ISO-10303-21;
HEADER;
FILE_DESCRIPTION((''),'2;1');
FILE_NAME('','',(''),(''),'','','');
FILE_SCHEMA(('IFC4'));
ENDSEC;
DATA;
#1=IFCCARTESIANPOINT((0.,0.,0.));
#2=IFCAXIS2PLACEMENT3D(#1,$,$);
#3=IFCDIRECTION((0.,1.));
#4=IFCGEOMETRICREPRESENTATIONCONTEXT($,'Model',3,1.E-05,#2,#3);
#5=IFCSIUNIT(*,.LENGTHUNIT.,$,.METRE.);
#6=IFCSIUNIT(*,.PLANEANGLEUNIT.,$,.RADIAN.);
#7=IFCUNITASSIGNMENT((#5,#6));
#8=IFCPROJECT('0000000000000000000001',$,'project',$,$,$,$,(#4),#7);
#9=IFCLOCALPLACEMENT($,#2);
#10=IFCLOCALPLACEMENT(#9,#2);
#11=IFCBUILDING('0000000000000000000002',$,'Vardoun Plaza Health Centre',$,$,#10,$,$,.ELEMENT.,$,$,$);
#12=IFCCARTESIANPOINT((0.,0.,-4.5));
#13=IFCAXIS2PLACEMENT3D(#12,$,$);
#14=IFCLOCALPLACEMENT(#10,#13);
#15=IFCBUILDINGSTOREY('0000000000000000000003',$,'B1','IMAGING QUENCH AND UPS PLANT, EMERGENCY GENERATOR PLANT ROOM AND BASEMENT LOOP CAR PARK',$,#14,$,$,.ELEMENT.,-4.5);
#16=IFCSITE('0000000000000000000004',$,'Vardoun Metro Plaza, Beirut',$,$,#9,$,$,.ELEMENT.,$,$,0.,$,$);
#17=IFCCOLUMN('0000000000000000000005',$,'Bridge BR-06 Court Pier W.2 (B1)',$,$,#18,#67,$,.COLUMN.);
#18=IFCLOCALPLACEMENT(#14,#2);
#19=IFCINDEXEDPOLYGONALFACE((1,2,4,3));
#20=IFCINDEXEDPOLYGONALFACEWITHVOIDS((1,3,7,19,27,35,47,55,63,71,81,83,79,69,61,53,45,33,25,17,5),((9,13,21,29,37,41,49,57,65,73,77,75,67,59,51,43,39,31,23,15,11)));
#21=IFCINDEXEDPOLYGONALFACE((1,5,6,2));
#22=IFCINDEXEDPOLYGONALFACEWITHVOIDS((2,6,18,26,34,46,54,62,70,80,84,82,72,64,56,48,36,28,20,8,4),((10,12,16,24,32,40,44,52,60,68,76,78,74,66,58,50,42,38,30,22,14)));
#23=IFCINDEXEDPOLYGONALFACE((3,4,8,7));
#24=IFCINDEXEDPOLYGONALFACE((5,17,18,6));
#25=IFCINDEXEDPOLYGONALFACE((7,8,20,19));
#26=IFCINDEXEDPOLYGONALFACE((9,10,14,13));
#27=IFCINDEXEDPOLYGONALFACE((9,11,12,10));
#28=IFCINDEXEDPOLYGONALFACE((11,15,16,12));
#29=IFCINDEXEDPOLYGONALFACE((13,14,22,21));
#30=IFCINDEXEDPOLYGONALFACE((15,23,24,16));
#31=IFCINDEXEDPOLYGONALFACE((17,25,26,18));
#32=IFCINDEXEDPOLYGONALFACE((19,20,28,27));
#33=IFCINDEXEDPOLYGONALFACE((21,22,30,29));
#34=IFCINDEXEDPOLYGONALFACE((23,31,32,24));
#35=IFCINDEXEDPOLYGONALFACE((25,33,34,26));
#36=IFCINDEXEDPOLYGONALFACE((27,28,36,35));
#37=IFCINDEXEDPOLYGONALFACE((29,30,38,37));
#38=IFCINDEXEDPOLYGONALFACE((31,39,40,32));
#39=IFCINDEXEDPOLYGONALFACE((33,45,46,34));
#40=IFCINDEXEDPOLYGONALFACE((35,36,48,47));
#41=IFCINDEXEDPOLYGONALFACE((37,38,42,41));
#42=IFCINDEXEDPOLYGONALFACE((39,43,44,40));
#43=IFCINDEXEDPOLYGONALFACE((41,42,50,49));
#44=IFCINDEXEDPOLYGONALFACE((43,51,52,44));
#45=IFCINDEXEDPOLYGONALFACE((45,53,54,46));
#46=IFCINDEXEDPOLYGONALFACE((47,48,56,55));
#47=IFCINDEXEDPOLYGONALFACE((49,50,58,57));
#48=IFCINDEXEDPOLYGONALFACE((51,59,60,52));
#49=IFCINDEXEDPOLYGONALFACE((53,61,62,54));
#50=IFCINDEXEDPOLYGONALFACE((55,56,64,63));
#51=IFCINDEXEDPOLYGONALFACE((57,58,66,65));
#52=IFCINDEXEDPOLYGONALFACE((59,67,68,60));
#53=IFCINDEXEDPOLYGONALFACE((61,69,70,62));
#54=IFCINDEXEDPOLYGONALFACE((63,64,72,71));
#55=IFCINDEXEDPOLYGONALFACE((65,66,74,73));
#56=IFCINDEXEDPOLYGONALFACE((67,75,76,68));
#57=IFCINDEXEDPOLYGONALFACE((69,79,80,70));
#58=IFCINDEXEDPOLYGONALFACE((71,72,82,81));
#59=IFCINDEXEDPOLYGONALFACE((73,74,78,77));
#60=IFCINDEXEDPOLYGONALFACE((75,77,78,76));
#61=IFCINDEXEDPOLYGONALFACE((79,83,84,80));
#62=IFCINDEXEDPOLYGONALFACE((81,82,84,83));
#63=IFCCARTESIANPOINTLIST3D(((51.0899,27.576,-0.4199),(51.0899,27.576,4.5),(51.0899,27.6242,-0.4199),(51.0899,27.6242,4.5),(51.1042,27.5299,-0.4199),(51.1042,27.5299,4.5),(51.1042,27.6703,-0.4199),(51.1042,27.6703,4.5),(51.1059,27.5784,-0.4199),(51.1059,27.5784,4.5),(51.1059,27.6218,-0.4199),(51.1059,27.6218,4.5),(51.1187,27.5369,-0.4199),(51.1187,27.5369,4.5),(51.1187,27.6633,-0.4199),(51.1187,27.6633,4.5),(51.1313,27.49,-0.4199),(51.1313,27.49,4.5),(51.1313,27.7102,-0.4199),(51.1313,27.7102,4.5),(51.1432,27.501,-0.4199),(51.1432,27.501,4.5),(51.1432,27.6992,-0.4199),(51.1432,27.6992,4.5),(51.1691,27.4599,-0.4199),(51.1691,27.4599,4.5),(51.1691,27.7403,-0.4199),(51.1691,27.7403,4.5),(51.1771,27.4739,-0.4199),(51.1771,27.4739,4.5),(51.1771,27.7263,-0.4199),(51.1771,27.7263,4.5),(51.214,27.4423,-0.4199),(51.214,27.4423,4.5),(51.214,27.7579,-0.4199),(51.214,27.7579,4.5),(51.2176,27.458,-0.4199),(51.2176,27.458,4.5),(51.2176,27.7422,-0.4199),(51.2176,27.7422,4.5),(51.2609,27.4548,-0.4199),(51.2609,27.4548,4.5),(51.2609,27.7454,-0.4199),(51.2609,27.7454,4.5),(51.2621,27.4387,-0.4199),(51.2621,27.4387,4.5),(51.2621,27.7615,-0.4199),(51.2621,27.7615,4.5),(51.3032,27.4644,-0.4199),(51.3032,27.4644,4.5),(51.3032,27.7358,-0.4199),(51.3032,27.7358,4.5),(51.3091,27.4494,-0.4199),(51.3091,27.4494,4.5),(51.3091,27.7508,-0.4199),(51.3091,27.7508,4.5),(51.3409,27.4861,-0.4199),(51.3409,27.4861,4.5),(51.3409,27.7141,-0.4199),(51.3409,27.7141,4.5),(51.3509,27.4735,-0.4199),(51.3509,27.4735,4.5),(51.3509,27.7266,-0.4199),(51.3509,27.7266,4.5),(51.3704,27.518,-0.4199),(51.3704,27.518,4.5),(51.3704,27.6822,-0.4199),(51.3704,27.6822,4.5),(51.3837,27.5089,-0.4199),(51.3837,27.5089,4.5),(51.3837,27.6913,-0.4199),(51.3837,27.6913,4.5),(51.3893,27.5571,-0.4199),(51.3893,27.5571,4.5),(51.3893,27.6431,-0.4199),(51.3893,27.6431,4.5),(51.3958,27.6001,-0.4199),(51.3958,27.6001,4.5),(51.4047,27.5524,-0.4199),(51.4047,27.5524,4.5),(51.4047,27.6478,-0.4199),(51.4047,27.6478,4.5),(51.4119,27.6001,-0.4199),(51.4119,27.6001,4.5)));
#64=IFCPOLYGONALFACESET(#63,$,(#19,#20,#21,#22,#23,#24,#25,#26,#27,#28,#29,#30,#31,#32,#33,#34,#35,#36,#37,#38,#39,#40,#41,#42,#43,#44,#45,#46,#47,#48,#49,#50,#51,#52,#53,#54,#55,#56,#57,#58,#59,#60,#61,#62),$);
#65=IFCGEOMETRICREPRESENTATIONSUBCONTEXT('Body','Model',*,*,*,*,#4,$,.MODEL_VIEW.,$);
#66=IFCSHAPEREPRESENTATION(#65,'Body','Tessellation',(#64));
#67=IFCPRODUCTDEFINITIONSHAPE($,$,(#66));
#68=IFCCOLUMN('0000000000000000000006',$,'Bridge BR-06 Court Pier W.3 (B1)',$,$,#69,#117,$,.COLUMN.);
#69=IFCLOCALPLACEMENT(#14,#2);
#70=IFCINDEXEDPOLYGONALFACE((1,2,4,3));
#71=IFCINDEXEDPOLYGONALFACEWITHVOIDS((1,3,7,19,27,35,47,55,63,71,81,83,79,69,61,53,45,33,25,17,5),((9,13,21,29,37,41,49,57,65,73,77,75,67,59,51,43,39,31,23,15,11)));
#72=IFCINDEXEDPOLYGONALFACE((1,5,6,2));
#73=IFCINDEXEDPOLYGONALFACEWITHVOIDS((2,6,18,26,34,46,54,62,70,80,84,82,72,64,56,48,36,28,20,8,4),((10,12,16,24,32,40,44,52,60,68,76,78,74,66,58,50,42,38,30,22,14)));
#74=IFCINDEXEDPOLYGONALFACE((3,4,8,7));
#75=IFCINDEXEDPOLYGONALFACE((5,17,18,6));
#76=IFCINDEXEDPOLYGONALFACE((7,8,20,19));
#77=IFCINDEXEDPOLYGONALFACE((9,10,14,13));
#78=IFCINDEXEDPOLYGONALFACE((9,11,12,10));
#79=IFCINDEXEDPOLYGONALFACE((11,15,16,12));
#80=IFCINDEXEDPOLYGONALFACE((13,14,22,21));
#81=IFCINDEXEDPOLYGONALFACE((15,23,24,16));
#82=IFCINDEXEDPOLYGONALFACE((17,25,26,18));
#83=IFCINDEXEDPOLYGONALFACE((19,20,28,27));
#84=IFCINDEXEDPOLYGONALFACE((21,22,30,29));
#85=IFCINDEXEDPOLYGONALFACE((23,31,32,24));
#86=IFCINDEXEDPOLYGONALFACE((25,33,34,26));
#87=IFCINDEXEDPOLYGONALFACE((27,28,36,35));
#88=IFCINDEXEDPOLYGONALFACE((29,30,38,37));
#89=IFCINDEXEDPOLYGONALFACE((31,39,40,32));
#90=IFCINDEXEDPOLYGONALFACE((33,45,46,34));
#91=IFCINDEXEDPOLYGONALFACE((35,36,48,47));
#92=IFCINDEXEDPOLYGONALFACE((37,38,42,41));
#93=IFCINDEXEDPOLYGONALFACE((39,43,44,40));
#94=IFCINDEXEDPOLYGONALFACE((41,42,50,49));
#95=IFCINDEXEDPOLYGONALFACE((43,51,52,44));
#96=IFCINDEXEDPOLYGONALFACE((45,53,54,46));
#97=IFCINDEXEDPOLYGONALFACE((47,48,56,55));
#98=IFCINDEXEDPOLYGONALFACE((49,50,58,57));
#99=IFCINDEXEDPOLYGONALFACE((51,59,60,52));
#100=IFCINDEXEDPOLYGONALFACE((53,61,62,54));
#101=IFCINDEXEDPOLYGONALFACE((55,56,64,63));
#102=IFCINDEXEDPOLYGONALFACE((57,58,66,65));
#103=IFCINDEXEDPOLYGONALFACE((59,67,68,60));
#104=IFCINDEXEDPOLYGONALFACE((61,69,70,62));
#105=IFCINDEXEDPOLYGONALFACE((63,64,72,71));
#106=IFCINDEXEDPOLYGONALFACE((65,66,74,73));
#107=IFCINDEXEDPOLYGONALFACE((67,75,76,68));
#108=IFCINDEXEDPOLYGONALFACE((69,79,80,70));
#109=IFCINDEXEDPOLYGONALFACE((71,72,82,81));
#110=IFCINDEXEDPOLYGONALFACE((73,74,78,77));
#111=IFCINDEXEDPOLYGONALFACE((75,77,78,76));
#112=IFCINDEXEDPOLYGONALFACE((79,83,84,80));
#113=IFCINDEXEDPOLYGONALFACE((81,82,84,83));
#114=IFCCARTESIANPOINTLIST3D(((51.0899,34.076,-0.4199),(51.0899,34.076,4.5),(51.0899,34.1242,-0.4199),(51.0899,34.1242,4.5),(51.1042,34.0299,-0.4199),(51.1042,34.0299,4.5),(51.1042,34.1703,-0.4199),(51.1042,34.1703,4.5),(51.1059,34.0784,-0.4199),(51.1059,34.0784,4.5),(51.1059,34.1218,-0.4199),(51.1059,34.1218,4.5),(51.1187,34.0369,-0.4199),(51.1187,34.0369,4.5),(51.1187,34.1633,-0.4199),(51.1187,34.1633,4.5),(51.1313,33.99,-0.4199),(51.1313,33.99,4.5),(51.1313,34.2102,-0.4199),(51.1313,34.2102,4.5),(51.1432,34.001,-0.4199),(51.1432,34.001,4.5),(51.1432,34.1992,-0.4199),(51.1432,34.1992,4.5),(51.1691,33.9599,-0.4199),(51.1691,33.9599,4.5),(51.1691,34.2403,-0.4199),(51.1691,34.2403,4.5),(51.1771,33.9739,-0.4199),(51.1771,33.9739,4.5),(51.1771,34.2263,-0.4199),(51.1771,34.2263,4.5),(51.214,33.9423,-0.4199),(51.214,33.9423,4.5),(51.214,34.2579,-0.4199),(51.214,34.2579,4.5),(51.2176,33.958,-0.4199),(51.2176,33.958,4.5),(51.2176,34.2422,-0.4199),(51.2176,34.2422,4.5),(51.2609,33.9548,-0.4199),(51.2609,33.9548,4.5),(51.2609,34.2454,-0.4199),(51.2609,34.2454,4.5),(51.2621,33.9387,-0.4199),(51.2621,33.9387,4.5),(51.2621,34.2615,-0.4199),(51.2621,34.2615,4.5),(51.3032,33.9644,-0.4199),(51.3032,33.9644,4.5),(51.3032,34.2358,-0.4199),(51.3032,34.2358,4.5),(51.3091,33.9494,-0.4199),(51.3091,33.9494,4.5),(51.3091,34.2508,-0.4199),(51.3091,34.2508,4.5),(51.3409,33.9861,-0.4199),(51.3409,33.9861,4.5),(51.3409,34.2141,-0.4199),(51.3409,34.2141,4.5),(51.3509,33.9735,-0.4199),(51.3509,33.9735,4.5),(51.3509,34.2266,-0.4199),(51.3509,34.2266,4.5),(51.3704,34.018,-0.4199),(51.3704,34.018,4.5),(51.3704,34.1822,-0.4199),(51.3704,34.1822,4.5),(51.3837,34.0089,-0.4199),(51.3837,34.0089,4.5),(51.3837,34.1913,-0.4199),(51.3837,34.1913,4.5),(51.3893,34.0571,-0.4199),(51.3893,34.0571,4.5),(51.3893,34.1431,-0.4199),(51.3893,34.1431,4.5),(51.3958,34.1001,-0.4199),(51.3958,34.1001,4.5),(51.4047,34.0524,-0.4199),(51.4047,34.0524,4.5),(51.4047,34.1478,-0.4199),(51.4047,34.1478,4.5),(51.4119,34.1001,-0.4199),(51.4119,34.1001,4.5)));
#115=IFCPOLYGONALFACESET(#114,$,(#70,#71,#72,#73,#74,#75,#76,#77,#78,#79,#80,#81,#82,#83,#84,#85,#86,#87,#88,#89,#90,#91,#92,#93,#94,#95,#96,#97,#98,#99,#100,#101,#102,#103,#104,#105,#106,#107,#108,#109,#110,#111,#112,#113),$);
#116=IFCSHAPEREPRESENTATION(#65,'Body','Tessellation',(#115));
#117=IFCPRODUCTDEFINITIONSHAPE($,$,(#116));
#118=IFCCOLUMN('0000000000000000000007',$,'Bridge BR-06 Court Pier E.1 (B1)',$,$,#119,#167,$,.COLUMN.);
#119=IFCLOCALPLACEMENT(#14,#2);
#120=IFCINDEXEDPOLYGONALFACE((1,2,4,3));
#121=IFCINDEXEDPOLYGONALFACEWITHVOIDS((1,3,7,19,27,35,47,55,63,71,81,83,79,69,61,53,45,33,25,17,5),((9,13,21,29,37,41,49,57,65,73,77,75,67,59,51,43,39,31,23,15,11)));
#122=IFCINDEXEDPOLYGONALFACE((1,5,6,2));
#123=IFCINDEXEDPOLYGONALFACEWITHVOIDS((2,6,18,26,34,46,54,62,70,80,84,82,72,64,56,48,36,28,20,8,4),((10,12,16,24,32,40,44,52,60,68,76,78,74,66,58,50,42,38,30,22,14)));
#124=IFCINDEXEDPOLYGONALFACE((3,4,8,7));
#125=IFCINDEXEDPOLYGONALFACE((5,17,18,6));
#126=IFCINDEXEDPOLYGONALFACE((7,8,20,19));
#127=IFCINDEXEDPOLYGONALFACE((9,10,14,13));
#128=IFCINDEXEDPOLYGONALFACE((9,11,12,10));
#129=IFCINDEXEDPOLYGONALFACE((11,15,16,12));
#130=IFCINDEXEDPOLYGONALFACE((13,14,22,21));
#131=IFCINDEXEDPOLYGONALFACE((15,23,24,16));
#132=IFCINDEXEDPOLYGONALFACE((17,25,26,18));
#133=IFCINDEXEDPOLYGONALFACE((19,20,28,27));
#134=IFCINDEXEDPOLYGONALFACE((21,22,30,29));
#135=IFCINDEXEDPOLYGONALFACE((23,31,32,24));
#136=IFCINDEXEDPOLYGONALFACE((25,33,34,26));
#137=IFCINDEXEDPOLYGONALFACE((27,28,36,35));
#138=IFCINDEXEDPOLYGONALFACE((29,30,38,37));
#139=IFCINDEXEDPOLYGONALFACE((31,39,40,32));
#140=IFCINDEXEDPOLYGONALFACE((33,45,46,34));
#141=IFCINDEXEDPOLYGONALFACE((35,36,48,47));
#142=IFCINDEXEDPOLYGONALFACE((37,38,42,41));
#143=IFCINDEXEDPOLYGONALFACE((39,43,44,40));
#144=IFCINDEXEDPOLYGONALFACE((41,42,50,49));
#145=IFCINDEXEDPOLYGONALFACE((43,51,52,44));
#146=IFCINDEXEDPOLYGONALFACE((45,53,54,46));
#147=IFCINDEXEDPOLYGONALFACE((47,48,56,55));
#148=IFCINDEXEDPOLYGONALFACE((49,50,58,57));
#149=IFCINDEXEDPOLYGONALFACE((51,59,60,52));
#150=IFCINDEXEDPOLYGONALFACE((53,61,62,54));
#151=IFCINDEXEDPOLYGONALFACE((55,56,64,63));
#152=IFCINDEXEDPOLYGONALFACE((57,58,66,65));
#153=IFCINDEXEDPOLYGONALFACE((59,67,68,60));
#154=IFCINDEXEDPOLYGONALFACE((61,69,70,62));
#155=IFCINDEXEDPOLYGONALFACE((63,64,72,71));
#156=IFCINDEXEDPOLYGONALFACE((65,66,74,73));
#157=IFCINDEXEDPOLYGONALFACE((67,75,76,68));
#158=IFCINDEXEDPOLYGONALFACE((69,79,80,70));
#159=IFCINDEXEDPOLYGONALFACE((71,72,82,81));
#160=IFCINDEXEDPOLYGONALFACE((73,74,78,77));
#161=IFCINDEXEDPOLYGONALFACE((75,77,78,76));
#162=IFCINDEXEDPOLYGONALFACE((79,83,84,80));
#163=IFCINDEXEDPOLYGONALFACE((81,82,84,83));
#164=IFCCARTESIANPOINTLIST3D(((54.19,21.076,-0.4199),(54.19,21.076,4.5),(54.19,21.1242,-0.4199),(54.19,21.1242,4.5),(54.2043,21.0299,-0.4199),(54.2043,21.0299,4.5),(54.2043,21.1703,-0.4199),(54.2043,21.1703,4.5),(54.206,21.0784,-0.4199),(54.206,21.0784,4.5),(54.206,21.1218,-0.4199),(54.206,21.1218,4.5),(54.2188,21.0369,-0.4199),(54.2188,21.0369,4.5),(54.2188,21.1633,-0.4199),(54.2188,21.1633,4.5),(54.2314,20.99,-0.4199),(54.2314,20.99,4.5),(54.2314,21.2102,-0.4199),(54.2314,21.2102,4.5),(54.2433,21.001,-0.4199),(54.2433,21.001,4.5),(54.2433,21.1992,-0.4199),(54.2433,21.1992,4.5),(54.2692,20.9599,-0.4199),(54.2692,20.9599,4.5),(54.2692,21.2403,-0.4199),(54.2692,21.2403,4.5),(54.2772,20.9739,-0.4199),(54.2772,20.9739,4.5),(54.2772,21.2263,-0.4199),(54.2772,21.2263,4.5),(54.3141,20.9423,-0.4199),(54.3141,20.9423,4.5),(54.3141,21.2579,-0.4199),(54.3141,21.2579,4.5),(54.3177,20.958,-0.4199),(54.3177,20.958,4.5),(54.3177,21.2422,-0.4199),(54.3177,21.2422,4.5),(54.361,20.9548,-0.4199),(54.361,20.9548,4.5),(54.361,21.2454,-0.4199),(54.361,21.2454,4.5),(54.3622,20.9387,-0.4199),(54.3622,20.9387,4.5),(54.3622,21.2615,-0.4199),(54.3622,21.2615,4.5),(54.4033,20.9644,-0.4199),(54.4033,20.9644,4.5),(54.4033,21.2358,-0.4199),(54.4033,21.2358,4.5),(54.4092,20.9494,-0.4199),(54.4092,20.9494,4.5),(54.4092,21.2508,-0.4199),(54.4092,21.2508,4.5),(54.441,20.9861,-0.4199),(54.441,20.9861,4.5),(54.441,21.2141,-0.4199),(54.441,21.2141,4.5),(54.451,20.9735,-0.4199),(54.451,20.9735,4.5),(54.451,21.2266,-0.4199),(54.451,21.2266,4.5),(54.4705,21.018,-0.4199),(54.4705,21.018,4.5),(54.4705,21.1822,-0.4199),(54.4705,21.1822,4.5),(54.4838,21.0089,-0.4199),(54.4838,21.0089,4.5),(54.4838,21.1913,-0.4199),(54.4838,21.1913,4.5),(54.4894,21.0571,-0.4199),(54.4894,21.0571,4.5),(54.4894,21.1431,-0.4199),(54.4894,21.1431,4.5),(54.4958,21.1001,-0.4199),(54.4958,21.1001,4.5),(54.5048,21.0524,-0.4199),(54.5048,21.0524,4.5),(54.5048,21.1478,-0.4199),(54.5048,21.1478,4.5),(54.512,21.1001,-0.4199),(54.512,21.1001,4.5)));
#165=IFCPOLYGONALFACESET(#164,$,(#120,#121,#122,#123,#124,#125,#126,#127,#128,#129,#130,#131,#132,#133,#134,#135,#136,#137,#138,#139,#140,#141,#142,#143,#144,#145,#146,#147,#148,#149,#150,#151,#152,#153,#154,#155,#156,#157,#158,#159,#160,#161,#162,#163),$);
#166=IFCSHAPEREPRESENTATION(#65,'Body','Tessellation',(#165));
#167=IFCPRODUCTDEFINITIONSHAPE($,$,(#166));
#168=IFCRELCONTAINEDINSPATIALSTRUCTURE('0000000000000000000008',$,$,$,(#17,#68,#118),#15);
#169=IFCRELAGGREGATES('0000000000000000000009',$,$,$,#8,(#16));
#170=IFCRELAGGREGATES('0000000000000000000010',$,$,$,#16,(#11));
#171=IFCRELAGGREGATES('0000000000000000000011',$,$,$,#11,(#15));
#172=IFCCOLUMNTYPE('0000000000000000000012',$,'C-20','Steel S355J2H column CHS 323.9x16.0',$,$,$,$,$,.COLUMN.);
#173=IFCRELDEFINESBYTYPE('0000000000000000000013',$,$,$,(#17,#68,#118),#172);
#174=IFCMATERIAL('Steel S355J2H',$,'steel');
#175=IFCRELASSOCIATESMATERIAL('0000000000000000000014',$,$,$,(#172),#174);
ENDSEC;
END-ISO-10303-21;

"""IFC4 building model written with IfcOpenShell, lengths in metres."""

from ifc_helpers import new_model, si_unit, direction, frame, origin, origin_2d, place, context, subcontext, project, spatial, hollow_circle, extrude, material, material_profile, profile_set, type_object, element, save


model = new_model("IFC4")

# Units and contexts
model_context = context("Model", 3, precision=1e-05, world=origin(), true_north=direction((0.0, 1.0)))
body_context = subcontext(model_context, "Body", "Model", "MODEL_VIEW")
ifc_project = project(units=[si_unit("LENGTHUNIT", "METRE"), si_unit("PLANEANGLEUNIT", "RADIAN")], contexts=[model_context])

# Site, building, storey
site_placement = place(None, origin())
site = spatial("IfcSite", under=ifc_project, at=site_placement, Name="Vardoun Metro Plaza, Beirut", CompositionType="ELEMENT", RefElevation=0.0)
building_placement = place(site_placement, origin())
building = spatial("IfcBuilding", under=site, at=building_placement, Name="Vardoun Plaza Health Centre", CompositionType="ELEMENT")
storey_placement = place(building_placement, frame((0.0, 0.0, -4.5)))
storey = spatial("IfcBuildingStorey", under=building, at=storey_placement, Name="B1", Description="IMAGING QUENCH AND UPS PLANT, EMERGENCY GENERATOR PLANT ROOM AND BASEMENT LOOP CAR PARK", CompositionType="ELEMENT", Elevation=-4.5)

# Columns
ifc_material_1 = material(Name="Steel S355J2H", Category="steel")
ifc_material_profile_1 = material_profile(ifc_material_1, hollow_circle(Radius=0.1619, WallThickness=0.0161, at=origin_2d()), Name="CHS 323.9x16.0")
ifc_profile_set_1 = profile_set([ifc_material_profile_1], Name="Steel S355J2H")
column_type_1 = type_object("IfcColumnType", Name="C-20", Description="Steel S355J2H column CHS 323.9x16.0", PredefinedType="COLUMN", material=ifc_profile_set_1)
for number, where, z_axis, x_axis, name in (
    (1, (51.25, 27.6001, -0.4199), (0.0, 0.0, 1.0), (1.0, 0.0, 0.0), "Bridge BR-06 Court Pier W.2 (B1)"),
    (2, (51.25, 34.1001, -0.4199), (0.0, 0.0, 1.0), (1.0, 0.0, 0.0), "Bridge BR-06 Court Pier W.3 (B1)"),
    (3, (54.3501, 21.1001, -0.4199), (0.0, 0.0, 1.0), (1.0, 0.0, 0.0), "Bridge BR-06 Court Pier E.1 (B1)"),
):
    element("IfcColumn", number, at=place(storey_placement, frame(where, z_axis=z_axis, x_axis=x_axis)), inside=storey, type_object=column_type_1, Name=name, PredefinedType="COLUMN", context=body_context, shape_type="SweptSolid", body=[
        extrude(hollow_circle(Radius=0.1619, WallThickness=0.0161, at=origin_2d()), origin(), (0.0, 0.0, 1.0), 4.9199),
    ])

save(model, "model.ifc")
